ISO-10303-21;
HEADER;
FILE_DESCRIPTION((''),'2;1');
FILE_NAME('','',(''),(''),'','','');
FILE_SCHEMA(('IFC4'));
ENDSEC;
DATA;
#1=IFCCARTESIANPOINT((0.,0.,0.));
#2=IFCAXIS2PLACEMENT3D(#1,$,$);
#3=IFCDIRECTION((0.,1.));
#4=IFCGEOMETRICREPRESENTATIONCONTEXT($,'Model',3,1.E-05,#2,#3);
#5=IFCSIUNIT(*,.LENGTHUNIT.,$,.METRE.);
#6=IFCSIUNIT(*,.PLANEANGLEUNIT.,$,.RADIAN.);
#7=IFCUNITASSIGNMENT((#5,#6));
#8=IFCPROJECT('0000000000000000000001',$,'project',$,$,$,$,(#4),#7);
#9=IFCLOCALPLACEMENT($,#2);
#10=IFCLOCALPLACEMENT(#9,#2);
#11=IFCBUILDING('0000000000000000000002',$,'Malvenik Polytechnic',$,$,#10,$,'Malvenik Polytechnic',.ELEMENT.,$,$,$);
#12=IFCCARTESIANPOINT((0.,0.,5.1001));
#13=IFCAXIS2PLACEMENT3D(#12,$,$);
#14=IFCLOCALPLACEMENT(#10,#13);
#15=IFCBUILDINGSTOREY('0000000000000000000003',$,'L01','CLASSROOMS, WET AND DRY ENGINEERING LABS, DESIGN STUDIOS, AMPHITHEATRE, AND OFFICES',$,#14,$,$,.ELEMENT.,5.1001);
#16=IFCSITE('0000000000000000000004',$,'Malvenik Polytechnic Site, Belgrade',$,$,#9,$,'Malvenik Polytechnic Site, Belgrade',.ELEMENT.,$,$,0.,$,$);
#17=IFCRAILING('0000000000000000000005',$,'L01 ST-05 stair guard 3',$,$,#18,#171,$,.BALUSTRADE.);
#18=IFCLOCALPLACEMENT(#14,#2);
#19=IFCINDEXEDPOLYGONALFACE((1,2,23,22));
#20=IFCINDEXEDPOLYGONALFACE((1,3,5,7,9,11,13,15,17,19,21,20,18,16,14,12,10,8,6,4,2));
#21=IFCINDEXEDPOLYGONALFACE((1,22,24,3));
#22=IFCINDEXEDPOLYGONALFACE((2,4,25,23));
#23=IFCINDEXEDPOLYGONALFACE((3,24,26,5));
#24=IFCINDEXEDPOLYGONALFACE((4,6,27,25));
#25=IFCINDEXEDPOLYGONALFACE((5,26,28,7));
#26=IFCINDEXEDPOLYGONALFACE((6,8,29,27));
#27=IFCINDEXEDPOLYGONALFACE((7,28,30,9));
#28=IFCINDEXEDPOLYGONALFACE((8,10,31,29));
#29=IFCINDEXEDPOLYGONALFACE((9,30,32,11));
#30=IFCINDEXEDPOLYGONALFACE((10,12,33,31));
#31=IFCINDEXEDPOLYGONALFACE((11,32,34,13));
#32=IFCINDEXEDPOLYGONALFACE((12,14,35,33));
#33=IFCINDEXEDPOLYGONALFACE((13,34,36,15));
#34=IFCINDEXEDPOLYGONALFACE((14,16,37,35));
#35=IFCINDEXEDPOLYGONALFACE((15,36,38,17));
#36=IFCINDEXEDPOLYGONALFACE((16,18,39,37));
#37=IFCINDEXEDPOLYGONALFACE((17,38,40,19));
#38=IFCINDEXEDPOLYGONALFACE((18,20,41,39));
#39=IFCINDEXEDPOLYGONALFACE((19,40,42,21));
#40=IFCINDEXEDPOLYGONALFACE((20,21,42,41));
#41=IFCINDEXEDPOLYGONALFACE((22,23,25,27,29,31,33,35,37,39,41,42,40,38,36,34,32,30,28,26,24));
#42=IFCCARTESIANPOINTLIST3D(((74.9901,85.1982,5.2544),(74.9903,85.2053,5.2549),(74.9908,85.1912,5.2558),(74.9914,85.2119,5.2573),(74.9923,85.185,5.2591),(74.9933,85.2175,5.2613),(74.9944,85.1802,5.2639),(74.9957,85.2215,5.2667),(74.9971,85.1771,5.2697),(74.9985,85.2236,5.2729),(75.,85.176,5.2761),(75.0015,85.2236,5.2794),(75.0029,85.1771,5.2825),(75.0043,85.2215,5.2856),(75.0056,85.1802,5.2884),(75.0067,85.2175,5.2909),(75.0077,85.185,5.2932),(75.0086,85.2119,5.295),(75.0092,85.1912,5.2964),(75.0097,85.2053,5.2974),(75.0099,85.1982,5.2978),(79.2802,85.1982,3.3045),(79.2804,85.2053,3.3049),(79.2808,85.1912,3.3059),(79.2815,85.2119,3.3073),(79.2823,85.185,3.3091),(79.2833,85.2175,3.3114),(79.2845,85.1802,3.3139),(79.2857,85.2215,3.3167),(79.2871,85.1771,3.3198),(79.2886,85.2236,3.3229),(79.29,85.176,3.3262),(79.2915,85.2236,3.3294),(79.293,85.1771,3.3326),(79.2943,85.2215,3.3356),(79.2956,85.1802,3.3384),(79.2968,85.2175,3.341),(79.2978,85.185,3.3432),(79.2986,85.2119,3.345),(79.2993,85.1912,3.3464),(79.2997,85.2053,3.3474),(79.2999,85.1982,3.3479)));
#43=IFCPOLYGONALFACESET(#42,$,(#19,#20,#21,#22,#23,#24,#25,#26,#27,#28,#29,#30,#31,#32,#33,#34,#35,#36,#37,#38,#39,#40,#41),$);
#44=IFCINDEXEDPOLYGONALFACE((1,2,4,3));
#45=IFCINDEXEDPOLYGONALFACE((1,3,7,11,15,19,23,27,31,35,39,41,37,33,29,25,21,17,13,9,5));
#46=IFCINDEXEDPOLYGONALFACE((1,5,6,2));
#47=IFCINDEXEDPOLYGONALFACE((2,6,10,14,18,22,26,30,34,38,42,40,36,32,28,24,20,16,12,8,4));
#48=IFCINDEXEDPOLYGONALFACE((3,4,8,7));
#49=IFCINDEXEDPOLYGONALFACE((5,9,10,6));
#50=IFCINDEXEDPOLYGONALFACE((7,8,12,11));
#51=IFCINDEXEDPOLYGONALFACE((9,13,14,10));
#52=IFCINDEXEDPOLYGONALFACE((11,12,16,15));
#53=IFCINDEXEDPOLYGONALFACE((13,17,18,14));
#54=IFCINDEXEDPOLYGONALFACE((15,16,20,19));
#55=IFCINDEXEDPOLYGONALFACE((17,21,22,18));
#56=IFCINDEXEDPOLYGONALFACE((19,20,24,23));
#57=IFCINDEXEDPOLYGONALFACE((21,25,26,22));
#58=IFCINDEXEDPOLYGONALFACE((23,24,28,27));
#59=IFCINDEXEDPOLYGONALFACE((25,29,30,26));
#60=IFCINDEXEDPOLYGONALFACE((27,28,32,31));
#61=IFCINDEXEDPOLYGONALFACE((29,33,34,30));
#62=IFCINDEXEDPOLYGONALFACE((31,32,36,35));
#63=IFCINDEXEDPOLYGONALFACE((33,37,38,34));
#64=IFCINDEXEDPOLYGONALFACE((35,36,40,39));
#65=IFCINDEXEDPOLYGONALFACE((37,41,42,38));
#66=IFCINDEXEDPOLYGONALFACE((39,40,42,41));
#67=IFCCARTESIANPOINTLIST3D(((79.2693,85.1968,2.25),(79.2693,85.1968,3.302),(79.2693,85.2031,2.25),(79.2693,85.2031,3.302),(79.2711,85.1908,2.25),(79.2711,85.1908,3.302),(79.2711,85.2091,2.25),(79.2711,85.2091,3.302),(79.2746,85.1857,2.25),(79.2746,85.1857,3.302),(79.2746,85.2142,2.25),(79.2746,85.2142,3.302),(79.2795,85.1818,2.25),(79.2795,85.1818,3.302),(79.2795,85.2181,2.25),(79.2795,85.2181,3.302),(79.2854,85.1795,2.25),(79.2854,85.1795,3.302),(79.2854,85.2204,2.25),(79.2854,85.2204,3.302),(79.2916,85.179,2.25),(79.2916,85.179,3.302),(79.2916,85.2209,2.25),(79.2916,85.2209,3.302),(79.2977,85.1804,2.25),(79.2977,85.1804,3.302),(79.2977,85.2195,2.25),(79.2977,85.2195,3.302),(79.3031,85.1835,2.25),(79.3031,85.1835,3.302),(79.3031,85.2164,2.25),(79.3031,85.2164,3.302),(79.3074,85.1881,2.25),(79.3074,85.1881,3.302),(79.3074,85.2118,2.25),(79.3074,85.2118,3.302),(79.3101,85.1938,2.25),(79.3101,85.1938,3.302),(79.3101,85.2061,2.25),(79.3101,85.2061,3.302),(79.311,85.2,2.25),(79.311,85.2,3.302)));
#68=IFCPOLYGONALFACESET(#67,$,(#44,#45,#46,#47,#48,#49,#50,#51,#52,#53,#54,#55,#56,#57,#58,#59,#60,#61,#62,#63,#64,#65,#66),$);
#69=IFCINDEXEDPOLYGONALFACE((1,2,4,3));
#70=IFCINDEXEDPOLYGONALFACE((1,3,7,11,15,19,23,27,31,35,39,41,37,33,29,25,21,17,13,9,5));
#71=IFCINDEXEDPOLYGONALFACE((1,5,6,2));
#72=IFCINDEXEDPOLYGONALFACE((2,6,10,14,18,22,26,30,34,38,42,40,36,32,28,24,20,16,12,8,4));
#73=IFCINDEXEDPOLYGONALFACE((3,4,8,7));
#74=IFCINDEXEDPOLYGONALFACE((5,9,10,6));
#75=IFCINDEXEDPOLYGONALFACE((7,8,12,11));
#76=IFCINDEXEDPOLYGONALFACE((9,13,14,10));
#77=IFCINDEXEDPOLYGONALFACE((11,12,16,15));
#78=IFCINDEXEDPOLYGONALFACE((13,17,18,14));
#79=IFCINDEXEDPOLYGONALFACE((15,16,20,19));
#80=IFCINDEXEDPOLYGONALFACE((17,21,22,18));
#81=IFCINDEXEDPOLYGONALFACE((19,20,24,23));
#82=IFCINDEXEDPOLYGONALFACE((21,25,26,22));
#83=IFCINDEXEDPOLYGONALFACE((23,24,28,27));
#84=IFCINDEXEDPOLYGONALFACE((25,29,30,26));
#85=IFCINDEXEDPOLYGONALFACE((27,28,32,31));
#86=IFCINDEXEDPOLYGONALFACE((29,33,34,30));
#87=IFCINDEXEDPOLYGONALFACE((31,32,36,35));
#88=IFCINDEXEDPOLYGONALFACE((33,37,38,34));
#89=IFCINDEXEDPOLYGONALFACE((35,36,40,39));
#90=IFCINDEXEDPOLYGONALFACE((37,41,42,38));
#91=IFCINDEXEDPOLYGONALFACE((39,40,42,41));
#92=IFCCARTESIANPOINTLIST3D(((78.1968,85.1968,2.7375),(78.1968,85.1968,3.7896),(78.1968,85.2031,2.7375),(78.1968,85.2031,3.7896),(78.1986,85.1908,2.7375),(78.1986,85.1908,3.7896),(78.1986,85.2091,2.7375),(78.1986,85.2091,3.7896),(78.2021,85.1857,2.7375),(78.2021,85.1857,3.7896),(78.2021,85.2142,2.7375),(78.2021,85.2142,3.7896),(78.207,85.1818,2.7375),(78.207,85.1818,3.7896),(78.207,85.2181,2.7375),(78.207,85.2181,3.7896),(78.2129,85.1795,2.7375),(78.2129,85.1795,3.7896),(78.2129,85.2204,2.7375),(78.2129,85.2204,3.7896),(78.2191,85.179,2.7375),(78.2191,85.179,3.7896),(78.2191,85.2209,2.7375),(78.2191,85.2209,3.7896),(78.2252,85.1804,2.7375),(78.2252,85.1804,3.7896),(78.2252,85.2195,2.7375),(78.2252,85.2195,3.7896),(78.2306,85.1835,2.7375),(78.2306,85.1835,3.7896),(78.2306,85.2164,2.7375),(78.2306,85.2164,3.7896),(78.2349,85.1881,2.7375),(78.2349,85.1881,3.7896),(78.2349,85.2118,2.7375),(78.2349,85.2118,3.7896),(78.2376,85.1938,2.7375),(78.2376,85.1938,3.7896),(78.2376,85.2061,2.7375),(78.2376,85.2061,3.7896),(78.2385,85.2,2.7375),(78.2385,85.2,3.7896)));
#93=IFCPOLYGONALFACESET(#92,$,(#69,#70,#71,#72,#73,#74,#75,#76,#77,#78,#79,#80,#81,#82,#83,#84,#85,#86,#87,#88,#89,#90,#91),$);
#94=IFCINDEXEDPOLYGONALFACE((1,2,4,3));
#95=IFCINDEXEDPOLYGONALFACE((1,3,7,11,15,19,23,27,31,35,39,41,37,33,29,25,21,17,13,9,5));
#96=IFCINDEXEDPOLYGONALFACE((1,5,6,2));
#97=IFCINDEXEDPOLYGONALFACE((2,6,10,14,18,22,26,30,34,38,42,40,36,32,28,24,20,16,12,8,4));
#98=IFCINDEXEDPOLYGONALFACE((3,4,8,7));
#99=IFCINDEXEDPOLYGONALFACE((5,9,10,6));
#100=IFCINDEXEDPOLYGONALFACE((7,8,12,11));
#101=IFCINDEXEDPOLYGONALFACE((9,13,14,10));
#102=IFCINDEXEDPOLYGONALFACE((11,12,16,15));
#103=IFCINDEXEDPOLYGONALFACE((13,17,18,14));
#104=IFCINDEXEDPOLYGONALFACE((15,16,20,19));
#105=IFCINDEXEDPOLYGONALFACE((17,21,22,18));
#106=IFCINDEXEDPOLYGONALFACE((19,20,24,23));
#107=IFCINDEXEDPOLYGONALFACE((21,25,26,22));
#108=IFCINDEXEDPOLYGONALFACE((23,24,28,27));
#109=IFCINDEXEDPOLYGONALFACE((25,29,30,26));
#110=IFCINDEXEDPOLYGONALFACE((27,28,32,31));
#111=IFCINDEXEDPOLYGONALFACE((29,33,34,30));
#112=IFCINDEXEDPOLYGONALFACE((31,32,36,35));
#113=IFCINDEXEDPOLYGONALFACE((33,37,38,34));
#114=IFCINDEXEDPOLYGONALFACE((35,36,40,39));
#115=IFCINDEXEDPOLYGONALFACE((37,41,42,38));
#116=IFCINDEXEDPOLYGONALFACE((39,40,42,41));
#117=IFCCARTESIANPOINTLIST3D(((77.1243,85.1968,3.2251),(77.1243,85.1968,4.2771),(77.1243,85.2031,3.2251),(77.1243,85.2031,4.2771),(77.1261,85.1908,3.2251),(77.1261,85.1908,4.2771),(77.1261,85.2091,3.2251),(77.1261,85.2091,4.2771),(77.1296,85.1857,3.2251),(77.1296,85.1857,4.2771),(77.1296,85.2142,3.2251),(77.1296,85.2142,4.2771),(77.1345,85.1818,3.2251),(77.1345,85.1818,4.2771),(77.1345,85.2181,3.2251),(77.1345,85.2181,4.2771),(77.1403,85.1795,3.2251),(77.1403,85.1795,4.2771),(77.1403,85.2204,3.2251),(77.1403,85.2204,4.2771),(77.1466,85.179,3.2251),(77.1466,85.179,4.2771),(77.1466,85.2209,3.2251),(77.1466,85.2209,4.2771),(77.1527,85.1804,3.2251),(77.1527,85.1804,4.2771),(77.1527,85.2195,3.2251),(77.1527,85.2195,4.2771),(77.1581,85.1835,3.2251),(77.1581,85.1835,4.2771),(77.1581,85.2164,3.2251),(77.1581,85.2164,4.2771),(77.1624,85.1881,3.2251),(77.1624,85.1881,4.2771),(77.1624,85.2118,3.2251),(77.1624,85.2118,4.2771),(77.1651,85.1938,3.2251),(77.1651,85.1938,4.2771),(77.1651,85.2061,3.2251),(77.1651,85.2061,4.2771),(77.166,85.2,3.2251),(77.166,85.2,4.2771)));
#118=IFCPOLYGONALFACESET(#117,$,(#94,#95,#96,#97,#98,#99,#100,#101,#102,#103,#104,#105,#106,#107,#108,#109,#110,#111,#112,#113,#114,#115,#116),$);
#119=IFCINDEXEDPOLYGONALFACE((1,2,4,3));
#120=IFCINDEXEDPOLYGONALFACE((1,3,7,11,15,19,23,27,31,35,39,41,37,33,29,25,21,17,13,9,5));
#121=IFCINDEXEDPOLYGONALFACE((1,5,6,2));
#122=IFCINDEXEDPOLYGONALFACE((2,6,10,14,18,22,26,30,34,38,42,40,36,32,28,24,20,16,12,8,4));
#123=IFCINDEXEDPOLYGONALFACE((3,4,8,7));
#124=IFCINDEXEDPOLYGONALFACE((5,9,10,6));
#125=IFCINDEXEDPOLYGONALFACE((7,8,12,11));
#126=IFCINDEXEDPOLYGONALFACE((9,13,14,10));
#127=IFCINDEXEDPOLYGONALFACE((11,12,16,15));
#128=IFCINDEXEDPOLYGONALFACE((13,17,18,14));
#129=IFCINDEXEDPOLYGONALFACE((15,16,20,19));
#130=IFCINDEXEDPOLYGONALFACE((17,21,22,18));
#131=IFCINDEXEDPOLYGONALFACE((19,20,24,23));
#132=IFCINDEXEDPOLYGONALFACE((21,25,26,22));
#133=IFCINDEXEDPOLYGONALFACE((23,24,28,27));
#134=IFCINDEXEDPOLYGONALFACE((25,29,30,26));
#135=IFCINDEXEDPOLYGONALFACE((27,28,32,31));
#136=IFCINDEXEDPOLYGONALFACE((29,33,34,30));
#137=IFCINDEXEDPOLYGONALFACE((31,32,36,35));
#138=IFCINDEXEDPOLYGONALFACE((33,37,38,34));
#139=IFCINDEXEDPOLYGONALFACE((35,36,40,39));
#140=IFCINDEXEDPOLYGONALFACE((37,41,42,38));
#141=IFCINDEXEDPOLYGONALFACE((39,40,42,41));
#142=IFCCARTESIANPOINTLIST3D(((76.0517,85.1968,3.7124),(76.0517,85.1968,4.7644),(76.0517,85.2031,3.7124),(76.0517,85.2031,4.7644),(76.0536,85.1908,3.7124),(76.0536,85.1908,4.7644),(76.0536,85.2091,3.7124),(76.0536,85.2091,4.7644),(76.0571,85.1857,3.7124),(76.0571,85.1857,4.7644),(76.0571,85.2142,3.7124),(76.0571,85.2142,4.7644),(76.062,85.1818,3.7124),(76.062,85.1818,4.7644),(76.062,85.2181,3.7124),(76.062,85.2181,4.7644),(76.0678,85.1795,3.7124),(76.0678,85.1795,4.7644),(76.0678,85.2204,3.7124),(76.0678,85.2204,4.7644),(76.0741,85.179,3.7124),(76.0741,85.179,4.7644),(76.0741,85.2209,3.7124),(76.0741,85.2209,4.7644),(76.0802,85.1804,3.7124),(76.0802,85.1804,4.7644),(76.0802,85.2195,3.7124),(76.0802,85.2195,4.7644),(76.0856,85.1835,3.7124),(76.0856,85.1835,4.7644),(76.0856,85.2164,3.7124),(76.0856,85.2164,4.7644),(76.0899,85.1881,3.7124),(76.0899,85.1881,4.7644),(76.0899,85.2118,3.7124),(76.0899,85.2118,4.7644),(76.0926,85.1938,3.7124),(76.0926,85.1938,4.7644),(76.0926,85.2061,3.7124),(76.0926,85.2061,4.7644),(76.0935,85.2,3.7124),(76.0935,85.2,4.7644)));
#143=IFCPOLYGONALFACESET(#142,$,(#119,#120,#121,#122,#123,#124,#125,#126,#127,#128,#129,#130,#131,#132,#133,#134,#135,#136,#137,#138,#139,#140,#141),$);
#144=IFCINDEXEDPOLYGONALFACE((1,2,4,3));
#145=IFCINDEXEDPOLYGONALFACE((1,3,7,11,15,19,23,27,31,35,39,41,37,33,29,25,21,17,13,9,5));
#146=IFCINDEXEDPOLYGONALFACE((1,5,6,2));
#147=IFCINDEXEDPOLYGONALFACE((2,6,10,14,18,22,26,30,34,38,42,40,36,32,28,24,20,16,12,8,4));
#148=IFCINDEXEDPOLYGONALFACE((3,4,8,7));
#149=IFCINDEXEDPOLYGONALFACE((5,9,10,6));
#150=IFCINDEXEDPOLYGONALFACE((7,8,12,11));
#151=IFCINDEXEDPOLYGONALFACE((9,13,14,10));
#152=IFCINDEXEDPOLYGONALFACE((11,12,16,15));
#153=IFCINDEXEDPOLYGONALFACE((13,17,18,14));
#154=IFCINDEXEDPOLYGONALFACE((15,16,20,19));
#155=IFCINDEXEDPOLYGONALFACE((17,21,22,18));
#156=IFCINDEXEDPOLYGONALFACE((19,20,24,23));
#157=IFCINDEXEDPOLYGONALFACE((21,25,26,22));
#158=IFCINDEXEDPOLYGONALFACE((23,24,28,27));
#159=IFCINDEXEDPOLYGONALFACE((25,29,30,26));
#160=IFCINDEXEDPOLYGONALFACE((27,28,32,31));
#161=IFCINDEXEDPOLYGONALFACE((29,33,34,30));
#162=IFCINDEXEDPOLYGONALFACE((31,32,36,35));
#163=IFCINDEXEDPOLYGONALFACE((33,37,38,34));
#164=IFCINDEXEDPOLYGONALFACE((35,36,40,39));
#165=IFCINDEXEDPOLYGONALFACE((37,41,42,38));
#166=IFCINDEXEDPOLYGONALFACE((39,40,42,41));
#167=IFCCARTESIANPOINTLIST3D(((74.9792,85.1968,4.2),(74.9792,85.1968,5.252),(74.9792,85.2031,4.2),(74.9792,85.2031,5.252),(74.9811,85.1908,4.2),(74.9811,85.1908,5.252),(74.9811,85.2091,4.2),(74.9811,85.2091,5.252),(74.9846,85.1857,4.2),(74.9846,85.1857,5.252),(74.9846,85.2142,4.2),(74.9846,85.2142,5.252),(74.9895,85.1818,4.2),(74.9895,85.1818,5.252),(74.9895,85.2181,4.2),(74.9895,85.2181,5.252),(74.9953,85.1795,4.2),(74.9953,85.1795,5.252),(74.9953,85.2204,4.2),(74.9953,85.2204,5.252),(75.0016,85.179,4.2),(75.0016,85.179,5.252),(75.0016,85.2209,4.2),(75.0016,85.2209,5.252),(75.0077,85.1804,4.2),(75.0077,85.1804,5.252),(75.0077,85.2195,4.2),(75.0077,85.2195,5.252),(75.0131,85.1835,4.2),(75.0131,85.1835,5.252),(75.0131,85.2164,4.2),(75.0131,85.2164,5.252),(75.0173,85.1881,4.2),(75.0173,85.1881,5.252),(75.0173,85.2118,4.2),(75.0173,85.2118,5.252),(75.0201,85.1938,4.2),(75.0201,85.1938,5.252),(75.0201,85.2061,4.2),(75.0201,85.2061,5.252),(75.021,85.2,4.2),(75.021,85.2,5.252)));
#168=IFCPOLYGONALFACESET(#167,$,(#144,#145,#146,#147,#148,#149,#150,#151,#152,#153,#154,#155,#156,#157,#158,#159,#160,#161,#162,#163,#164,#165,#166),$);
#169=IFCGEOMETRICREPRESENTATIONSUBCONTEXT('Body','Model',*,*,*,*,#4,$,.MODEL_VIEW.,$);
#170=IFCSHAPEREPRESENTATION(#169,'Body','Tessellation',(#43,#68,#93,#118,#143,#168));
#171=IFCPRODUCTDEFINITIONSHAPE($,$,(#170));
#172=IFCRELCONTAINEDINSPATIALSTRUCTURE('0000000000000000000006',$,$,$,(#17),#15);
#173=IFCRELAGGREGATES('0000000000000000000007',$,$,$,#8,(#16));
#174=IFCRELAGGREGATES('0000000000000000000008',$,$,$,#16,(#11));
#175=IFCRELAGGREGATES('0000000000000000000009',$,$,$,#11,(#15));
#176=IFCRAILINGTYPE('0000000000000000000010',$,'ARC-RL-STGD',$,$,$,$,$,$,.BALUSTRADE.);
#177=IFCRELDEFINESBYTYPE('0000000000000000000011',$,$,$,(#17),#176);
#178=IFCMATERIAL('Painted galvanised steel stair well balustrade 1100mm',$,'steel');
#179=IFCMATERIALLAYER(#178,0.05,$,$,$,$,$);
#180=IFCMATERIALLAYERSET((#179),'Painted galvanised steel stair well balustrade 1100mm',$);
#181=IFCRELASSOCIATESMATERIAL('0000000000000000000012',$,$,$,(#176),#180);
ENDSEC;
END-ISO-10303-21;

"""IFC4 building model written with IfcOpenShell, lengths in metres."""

from ifc_helpers import new_model, si_unit, direction, frame, origin, origin_2d, place, context, subcontext, project, spatial, circle, extrude, material, layer, layer_set, type_object, element, save


model = new_model("IFC4")

# Units and contexts
model_context = context("Model", 3, precision=1e-05, world=origin(), true_north=direction((0.0, 1.0)))
body_context = subcontext(model_context, "Body", "Model", "MODEL_VIEW")
ifc_project = project(units=[si_unit("LENGTHUNIT", "METRE"), si_unit("PLANEANGLEUNIT", "RADIAN")], contexts=[model_context])

# Site, building, storey
site_placement = place(None, origin())
site = spatial("IfcSite", under=ifc_project, at=site_placement, Name="Malvenik Polytechnic Site, Belgrade", LongName="Malvenik Polytechnic Site, Belgrade", CompositionType="ELEMENT", RefElevation=0.0)
building_placement = place(site_placement, origin())
building = spatial("IfcBuilding", under=site, at=building_placement, Name="Malvenik Polytechnic", LongName="Malvenik Polytechnic", CompositionType="ELEMENT")
storey_placement = place(building_placement, frame((0.0, 0.0, 5.1001)))
storey = spatial("IfcBuildingStorey", under=building, at=storey_placement, Name="L01", Description="CLASSROOMS, WET AND DRY ENGINEERING LABS, DESIGN STUDIOS, AMPHITHEATRE, AND OFFICES", CompositionType="ELEMENT", Elevation=5.1001)

# Railing
ifc_material_1 = material(Name="Painted galvanised steel stair well balustrade 1100mm", Category="steel")
ifc_layer_1 = layer(ifc_material_1, 0.05)
ifc_layer_set_1 = layer_set([ifc_layer_1], Name="Painted galvanised steel stair well balustrade 1100mm")
railing_type = type_object("IfcRailingType", Name="ARC-RL-STGD", PredefinedType="BALUSTRADE", material=ifc_layer_set_1)
railing_1_placement = place(storey_placement, frame((79.29, 85.2, 2.25)))
element("IfcRailing", 1, at=railing_1_placement, inside=storey, type_object=railing_type, Name="L01 ST-05 stair guard 3", PredefinedType="BALUSTRADE", context=body_context, shape_type="SweptSolid", body=[
    extrude(circle(Radius=0.0239, at=origin_2d()), frame((0.0, 0.0, 1.0762), z_axis=(-0.910372, 0.0, 0.413791), x_axis=(0.0, -1.0, 0.0)), (0.0, 0.0, 1.0), 4.7124),
    extrude(circle(Radius=0.021, at=origin_2d()), origin(), (0.0, 0.0, 1.0), 1.052),
    extrude(circle(Radius=0.021, at=origin_2d()), frame((-1.0725, 0.0, 0.4875)), (0.0, 0.0, 1.0), 1.052),
    extrude(circle(Radius=0.021, at=origin_2d()), frame((-2.145, 0.0, 0.9751)), (0.0, 0.0, 1.0), 1.052),
    extrude(circle(Radius=0.021, at=origin_2d()), frame((-3.2175, 0.0, 1.4624)), (0.0, 0.0, 1.0), 1.052),
    extrude(circle(Radius=0.021, at=origin_2d()), frame((-4.29, 0.0, 1.95)), (0.0, 0.0, 1.0), 1.052),
])

save(model, "model.ifc")
